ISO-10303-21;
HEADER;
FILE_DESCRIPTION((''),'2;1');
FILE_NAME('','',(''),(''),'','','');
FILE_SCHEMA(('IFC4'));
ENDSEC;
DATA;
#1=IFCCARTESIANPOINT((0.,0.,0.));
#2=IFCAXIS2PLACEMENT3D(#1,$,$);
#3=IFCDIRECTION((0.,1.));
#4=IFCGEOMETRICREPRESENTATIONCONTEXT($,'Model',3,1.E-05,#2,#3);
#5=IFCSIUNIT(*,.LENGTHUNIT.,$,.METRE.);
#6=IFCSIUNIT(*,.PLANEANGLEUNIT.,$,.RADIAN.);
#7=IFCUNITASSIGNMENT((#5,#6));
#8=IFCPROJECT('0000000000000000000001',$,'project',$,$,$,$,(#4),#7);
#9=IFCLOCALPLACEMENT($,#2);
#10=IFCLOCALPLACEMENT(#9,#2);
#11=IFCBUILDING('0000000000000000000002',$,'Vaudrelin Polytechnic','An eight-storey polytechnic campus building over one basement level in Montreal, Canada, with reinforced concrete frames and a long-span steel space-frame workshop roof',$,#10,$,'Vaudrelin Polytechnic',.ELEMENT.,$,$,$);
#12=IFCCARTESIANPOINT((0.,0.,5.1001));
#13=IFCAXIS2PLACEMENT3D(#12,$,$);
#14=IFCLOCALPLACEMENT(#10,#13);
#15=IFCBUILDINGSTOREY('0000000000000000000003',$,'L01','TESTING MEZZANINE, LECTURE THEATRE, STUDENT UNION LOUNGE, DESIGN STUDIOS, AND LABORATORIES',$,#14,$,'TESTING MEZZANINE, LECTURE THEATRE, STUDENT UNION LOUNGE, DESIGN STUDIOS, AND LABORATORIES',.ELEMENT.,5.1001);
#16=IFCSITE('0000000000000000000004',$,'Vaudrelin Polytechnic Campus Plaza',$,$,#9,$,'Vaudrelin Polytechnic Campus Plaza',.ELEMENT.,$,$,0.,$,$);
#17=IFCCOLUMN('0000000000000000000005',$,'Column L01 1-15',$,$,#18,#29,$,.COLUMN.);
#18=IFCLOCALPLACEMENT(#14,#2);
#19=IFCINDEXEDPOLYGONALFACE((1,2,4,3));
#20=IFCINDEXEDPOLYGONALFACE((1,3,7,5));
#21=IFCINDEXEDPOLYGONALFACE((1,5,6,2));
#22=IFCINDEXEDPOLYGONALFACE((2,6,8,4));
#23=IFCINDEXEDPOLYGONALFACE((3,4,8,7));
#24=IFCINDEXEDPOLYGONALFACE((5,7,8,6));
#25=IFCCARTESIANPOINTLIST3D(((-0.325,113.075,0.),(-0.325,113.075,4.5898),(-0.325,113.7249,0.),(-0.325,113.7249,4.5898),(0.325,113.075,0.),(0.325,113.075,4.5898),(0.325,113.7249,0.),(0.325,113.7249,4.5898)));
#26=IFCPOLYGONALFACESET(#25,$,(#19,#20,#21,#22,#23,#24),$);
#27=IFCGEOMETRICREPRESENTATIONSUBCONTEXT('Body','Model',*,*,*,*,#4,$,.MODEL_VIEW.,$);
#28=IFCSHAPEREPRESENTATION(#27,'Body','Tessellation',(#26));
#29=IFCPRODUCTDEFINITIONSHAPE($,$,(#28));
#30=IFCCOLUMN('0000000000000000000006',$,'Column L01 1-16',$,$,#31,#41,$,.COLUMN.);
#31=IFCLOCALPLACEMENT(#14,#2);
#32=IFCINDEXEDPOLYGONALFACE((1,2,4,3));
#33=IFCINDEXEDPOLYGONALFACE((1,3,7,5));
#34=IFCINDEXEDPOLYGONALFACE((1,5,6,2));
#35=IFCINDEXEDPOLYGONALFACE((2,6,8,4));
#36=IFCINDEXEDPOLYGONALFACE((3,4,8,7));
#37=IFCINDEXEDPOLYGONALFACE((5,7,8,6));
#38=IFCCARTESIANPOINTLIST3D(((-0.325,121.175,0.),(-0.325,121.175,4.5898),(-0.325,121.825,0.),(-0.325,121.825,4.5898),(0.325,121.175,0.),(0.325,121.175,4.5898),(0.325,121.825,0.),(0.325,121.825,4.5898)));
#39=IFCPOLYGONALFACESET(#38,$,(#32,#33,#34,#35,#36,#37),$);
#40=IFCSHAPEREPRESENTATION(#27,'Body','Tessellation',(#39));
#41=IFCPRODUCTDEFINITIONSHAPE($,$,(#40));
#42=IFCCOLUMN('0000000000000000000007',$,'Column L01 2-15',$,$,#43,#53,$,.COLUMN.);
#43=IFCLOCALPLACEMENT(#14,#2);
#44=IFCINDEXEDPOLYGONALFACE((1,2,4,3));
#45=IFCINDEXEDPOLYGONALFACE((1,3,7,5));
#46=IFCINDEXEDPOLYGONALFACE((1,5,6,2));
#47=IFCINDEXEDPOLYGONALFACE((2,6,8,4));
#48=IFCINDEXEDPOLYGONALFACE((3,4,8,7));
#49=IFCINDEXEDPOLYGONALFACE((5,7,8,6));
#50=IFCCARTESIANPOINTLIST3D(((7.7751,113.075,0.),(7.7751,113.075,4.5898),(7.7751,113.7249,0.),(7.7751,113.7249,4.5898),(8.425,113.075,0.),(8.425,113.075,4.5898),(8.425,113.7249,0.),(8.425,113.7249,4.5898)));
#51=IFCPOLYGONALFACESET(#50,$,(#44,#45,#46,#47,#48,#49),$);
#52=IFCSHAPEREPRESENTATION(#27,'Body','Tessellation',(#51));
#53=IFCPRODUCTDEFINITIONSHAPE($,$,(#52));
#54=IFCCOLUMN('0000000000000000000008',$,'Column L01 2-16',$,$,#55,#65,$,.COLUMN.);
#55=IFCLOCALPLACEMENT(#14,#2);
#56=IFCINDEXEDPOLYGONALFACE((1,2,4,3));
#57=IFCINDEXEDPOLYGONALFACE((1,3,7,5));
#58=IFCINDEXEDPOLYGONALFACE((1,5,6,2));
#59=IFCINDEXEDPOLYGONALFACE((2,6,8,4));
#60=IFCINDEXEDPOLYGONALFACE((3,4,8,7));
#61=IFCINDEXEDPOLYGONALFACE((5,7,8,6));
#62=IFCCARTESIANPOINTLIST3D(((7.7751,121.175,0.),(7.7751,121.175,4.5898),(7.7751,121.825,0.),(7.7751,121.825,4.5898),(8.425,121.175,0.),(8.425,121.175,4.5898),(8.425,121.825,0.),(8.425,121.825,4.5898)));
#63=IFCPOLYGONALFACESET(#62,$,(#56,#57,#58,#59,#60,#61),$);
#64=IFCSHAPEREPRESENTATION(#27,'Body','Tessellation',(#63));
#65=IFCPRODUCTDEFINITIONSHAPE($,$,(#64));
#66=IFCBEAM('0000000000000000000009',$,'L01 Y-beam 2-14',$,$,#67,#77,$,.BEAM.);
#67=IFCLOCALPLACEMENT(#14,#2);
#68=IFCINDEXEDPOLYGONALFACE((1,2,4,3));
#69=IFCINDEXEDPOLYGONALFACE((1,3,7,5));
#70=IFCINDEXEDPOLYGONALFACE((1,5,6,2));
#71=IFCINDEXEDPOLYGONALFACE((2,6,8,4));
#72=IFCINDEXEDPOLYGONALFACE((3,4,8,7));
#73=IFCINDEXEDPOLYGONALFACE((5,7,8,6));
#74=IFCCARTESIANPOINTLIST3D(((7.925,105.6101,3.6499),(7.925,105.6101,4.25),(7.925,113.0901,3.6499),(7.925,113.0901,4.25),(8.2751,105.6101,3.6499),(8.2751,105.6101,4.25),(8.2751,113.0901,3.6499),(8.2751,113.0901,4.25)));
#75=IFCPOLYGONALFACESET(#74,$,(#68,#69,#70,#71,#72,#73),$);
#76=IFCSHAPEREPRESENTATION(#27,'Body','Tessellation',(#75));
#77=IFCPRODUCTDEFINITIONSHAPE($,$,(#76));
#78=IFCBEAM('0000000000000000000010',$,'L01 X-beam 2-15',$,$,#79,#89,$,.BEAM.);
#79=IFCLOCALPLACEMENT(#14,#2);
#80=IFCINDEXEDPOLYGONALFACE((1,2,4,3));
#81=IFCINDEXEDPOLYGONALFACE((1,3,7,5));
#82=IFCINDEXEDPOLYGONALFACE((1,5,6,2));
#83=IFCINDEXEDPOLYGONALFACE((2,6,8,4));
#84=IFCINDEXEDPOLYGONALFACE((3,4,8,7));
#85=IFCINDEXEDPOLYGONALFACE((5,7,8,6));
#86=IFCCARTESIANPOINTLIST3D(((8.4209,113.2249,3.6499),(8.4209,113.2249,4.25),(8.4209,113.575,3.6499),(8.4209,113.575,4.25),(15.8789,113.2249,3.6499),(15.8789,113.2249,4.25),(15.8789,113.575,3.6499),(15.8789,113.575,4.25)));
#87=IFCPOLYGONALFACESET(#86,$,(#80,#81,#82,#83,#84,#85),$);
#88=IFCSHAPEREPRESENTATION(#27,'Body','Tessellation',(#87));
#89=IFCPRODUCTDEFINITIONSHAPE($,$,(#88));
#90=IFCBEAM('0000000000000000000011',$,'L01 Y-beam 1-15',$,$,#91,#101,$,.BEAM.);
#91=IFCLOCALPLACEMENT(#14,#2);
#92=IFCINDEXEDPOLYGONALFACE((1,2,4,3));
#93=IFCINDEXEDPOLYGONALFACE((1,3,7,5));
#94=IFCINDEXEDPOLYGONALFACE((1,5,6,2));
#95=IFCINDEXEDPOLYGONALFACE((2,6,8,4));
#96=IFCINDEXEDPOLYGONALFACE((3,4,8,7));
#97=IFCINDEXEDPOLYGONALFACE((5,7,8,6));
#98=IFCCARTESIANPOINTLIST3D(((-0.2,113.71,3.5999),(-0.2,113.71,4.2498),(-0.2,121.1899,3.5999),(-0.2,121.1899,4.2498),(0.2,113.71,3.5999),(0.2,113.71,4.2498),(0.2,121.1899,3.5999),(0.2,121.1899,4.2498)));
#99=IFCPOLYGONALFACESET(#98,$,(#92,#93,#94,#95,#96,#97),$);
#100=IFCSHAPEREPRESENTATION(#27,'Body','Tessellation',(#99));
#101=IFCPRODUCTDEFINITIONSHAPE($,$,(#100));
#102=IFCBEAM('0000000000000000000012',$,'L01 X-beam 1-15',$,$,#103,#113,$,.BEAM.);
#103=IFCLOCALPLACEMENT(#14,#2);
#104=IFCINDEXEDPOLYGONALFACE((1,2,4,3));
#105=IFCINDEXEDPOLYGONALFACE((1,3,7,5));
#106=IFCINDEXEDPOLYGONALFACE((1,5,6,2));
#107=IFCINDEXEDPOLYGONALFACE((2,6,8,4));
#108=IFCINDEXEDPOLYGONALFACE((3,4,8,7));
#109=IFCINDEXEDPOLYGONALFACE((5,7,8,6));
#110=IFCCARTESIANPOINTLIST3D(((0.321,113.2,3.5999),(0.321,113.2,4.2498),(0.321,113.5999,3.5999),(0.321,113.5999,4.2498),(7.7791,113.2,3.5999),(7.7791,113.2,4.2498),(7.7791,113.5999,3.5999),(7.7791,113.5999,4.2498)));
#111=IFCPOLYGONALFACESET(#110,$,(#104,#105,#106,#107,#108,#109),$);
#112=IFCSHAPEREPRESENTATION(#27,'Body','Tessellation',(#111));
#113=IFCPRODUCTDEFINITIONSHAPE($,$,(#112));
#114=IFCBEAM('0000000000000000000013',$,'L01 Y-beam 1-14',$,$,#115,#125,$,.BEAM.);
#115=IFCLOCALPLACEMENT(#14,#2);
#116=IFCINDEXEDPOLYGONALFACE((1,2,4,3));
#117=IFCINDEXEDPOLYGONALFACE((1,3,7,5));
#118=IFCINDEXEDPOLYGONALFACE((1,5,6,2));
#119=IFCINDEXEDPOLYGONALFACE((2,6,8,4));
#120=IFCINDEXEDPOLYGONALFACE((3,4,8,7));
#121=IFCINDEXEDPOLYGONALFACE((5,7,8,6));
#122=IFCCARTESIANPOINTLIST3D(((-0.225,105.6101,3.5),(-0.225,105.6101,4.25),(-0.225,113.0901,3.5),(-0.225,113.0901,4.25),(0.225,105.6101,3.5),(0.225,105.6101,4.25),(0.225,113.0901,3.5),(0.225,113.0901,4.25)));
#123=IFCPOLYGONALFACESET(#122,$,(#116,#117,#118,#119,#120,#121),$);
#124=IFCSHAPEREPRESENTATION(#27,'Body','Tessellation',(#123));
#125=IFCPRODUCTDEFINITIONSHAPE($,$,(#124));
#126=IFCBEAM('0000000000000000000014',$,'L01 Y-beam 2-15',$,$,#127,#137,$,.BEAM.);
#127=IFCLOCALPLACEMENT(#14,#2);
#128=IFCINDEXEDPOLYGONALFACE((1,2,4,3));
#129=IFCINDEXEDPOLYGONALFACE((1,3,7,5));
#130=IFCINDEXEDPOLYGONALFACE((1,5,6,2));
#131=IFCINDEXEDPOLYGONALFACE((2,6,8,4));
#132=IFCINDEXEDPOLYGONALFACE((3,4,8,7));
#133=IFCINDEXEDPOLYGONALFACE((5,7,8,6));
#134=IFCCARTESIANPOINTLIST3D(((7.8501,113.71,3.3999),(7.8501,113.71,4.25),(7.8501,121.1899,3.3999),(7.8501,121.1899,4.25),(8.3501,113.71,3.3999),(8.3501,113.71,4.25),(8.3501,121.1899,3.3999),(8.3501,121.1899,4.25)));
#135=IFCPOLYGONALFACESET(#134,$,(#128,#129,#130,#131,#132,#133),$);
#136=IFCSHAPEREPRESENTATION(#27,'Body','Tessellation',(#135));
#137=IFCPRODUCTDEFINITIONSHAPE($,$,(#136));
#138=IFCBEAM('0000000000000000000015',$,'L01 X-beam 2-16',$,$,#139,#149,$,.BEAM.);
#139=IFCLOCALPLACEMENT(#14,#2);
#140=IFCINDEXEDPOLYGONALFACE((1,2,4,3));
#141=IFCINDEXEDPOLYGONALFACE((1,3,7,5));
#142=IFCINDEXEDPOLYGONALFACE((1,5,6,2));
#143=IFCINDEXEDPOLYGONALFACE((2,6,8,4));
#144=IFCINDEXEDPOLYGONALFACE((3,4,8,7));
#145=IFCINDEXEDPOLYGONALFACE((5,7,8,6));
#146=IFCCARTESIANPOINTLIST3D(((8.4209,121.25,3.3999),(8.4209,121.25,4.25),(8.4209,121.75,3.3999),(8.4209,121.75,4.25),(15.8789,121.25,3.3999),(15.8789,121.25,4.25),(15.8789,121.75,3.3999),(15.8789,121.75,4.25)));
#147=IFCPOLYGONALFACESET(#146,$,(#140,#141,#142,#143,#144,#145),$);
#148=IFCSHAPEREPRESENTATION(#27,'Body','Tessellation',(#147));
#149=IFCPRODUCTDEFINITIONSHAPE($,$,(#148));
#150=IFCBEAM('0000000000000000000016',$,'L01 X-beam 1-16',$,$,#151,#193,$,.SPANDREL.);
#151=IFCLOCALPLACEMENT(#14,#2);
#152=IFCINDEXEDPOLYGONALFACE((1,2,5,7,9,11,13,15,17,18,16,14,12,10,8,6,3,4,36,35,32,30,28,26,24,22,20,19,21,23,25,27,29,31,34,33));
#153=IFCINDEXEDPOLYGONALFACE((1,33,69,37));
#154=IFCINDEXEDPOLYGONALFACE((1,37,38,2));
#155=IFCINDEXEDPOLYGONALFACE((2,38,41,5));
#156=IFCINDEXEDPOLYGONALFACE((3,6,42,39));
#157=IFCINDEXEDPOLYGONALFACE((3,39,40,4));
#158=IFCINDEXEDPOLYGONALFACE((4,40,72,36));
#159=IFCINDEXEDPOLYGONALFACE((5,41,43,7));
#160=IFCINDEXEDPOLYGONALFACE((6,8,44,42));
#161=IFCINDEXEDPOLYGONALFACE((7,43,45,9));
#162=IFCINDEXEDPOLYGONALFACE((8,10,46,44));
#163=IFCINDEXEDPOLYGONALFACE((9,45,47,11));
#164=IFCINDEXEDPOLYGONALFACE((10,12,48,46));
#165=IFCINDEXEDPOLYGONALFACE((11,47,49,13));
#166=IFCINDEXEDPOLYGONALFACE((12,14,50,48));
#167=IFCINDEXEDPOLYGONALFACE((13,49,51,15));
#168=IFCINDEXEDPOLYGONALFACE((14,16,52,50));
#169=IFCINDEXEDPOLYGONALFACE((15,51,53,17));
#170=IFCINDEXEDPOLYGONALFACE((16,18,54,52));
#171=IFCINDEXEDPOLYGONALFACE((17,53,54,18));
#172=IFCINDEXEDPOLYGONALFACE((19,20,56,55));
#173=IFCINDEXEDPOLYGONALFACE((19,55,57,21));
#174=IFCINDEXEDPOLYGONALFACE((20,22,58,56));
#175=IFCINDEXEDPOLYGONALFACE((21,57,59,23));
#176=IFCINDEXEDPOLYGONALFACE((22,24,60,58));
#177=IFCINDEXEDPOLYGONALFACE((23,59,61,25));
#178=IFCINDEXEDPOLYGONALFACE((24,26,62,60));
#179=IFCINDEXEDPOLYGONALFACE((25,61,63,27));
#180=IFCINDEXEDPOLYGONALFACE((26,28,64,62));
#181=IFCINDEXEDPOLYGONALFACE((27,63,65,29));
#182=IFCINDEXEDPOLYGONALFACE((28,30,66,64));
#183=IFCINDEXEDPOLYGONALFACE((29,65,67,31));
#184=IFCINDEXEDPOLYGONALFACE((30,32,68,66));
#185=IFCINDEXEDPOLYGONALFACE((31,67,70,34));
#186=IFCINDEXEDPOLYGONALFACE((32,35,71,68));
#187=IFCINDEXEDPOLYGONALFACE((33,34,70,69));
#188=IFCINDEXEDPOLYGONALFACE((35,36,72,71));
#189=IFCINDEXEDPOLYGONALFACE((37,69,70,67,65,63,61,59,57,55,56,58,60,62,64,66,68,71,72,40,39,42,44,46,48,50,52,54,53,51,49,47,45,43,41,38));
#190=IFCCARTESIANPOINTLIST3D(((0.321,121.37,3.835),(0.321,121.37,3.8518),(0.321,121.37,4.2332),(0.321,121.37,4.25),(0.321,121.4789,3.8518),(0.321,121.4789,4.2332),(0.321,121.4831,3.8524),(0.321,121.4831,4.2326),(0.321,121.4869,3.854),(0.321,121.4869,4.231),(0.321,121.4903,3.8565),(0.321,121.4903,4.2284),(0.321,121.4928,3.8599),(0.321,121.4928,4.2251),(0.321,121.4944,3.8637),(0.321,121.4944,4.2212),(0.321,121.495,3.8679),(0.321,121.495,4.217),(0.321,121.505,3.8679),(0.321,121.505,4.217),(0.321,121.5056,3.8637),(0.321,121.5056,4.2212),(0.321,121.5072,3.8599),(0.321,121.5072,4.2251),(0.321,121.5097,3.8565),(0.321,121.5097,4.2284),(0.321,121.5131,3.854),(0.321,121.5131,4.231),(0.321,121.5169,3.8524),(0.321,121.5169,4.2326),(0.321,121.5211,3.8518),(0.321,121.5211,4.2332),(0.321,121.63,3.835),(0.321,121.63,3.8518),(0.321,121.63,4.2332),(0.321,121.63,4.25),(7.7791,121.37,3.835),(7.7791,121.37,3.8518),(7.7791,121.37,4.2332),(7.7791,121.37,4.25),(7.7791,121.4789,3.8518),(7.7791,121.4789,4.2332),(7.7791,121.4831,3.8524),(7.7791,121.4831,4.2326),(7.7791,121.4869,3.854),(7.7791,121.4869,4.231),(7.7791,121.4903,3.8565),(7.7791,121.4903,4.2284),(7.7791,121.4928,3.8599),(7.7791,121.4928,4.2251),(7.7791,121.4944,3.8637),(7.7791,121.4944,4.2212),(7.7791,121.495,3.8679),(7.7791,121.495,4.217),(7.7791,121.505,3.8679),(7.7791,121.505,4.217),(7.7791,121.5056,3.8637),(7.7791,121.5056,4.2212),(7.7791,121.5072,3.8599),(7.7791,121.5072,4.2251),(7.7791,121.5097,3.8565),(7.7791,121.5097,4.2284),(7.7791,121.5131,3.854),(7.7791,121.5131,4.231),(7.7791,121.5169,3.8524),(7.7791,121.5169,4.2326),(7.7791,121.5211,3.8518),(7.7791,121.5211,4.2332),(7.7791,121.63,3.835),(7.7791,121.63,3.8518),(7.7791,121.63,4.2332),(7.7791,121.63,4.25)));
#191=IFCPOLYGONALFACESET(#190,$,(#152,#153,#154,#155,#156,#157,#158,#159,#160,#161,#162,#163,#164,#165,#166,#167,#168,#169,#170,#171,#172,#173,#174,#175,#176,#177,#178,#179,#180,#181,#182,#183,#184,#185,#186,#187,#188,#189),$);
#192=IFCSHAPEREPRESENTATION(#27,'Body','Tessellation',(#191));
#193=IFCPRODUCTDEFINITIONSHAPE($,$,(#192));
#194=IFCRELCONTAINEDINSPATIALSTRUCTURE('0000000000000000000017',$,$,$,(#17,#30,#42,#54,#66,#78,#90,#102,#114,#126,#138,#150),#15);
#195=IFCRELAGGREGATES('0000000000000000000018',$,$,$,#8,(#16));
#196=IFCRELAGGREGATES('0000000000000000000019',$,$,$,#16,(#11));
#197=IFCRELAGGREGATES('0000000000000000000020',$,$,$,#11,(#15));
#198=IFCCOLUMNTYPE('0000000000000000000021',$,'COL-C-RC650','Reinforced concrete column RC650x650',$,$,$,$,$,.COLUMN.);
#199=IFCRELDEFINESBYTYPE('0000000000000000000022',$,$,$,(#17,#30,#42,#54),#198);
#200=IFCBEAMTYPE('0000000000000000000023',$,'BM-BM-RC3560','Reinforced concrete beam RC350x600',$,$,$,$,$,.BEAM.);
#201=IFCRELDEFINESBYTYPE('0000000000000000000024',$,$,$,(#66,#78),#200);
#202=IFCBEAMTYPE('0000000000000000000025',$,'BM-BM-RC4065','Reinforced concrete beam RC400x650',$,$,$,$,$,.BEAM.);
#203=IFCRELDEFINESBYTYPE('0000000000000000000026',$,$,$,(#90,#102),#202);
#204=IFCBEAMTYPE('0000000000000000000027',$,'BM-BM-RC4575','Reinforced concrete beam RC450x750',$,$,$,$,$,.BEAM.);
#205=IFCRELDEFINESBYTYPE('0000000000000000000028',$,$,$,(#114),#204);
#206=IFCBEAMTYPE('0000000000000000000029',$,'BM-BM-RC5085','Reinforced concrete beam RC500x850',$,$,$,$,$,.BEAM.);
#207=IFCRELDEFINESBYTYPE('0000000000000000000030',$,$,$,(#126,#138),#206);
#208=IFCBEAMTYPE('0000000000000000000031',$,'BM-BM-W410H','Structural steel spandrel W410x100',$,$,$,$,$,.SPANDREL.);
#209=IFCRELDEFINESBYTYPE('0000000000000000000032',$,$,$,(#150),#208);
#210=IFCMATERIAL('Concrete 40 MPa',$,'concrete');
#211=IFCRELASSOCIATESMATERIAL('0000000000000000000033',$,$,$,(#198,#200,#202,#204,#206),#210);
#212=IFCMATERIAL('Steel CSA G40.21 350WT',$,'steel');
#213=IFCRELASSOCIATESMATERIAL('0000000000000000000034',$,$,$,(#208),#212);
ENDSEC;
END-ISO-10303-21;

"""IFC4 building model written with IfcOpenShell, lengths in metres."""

from ifc_helpers import new_model, si_unit, direction, frame, origin, origin_2d, place, context, subcontext, project, spatial, rectangle, i_section, extrude, material, material_profile, profile_set, type_object, element, save


model = new_model("IFC4")

# Units and contexts
model_context = context("Model", 3, precision=1e-05, world=origin(), true_north=direction((0.0, 1.0)))
body_context = subcontext(model_context, "Body", "Model", "MODEL_VIEW")
ifc_project = project(units=[si_unit("LENGTHUNIT", "METRE"), si_unit("PLANEANGLEUNIT", "RADIAN")], contexts=[model_context])

# Site, building, storey
site_placement = place(None, origin())
site = spatial("IfcSite", under=ifc_project, at=site_placement, Name="Vaudrelin Polytechnic Campus Plaza", LongName="Vaudrelin Polytechnic Campus Plaza", CompositionType="ELEMENT", RefElevation=0.0)
building_placement = place(site_placement, origin())
building = spatial("IfcBuilding", under=site, at=building_placement, Name="Vaudrelin Polytechnic", Description="An eight-storey polytechnic campus building over one basement level in Montreal, Canada, with reinforced concrete frames and a long-span steel space-frame workshop roof", LongName="Vaudrelin Polytechnic", CompositionType="ELEMENT")
storey_placement = place(building_placement, frame((0.0, 0.0, 5.1001)))
storey = spatial("IfcBuildingStorey", under=building, at=storey_placement, Name="L01", Description="TESTING MEZZANINE, LECTURE THEATRE, STUDENT UNION LOUNGE, DESIGN STUDIOS, AND LABORATORIES", LongName="TESTING MEZZANINE, LECTURE THEATRE, STUDENT UNION LOUNGE, DESIGN STUDIOS, AND LABORATORIES", CompositionType="ELEMENT", Elevation=5.1001)

# Columns
ifc_material_1 = material(Name="Concrete 40 MPa", Category="concrete")
ifc_material_profile_1 = material_profile(ifc_material_1, rectangle(XDim=0.6499, YDim=0.6499, at=origin_2d()), Name="RC650x650")
ifc_profile_set_1 = profile_set([ifc_material_profile_1], Name="Concrete 40 MPa")
column_type = type_object("IfcColumnType", Name="COL-C-RC650", Description="Reinforced concrete column RC650x650", PredefinedType="COLUMN", material=ifc_profile_set_1)
for number, where, z_axis, x_axis, name in (
    (1, (0.0, 113.3999, 0.0), (0.0, 0.0, 1.0), (1.0, 0.0, 0.0), "Column L01 1-15"),
    (2, (0.0, 121.5, 0.0), (0.0, 0.0, 1.0), (1.0, 0.0, 0.0), "Column L01 1-16"),
    (3, (8.1001, 113.3999, 0.0), (0.0, 0.0, 1.0), (1.0, 0.0, 0.0), "Column L01 2-15"),
    (4, (8.1001, 121.5, 0.0), (0.0, 0.0, 1.0), (1.0, 0.0, 0.0), "Column L01 2-16"),
):
    element("IfcColumn", number, at=place(storey_placement, frame(where, z_axis=z_axis, x_axis=x_axis)), inside=storey, type_object=column_type, Name=name, PredefinedType="COLUMN", context=body_context, shape_type="SweptSolid", body=[
        extrude(rectangle(XDim=0.6499, YDim=0.6499, at=origin_2d()), origin(), (0.0, 0.0, 1.0), 4.5898),
    ])

# Beams
ifc_material_profile_2 = material_profile(ifc_material_1, rectangle(XDim=0.3501, YDim=0.6001, at=origin_2d()), Name="RC350x600")
ifc_profile_set_2 = profile_set([ifc_material_profile_2], Name="Concrete 40 MPa")
beam_type_1 = type_object("IfcBeamType", Name="BM-BM-RC3560", Description="Reinforced concrete beam RC350x600", PredefinedType="BEAM", material=ifc_profile_set_2)
beam_1_placement = place(storey_placement, frame((8.1001, 105.6101, 3.95), z_axis=(0.0, 1.0, 0.0), x_axis=(-1.0, 0.0, 0.0)))
element("IfcBeam", 5, at=beam_1_placement, inside=storey, type_object=beam_type_1, Name="L01 Y-beam 2-14", PredefinedType="BEAM", context=body_context, shape_type="SweptSolid", body=[
    extrude(rectangle(XDim=0.3501, YDim=0.6001, at=origin_2d()), origin(), (0.0, 0.0, 1.0), 7.48),
])
beam_2_placement = place(storey_placement, frame((8.4209, 113.3999, 3.95), z_axis=(1.0, 0.0, 0.0), x_axis=(0.0, 1.0, 0.0)))
element("IfcBeam", 6, at=beam_2_placement, inside=storey, type_object=beam_type_1, Name="L01 X-beam 2-15", PredefinedType="BEAM", context=body_context, shape_type="SweptSolid", body=[
    extrude(rectangle(XDim=0.3501, YDim=0.6001, at=origin_2d()), origin(), (0.0, 0.0, 1.0), 7.458),
])
ifc_material_profile_3 = material_profile(ifc_material_1, rectangle(XDim=0.3999, YDim=0.6499, at=origin_2d()), Name="RC400x650")
ifc_profile_set_3 = profile_set([ifc_material_profile_3], Name="Concrete 40 MPa")
beam_type_2 = type_object("IfcBeamType", Name="BM-BM-RC4065", Description="Reinforced concrete beam RC400x650", PredefinedType="BEAM", material=ifc_profile_set_3)
beam_3_placement = place(storey_placement, frame((0.0, 113.71, 3.9248), z_axis=(0.0, 1.0, 0.0), x_axis=(-1.0, 0.0, 0.0)))
element("IfcBeam", 7, at=beam_3_placement, inside=storey, type_object=beam_type_2, Name="L01 Y-beam 1-15", PredefinedType="BEAM", context=body_context, shape_type="SweptSolid", body=[
    extrude(rectangle(XDim=0.3999, YDim=0.6499, at=origin_2d()), origin(), (0.0, 0.0, 1.0), 7.48),
])
beam_4_placement = place(storey_placement, frame((0.321, 113.3999, 3.9248), z_axis=(1.0, 0.0, 0.0), x_axis=(0.0, 1.0, 0.0)))
element("IfcBeam", 8, at=beam_4_placement, inside=storey, type_object=beam_type_2, Name="L01 X-beam 1-15", PredefinedType="BEAM", context=body_context, shape_type="SweptSolid", body=[
    extrude(rectangle(XDim=0.3999, YDim=0.6499, at=origin_2d()), origin(), (0.0, 0.0, 1.0), 7.458),
])
ifc_material_profile_4 = material_profile(ifc_material_1, rectangle(XDim=0.45, YDim=0.75, at=origin_2d()), Name="RC450x750")
ifc_profile_set_4 = profile_set([ifc_material_profile_4], Name="Concrete 40 MPa")
beam_type_3 = type_object("IfcBeamType", Name="BM-BM-RC4575", Description="Reinforced concrete beam RC450x750", PredefinedType="BEAM", material=ifc_profile_set_4)
beam_5_placement = place(storey_placement, frame((0.0, 105.6101, 3.875), z_axis=(0.0, 1.0, 0.0), x_axis=(-1.0, 0.0, 0.0)))
element("IfcBeam", 9, at=beam_5_placement, inside=storey, type_object=beam_type_3, Name="L01 Y-beam 1-14", PredefinedType="BEAM", context=body_context, shape_type="SweptSolid", body=[
    extrude(rectangle(XDim=0.45, YDim=0.75, at=origin_2d()), origin(), (0.0, 0.0, 1.0), 7.48),
])
ifc_material_profile_5 = material_profile(ifc_material_1, rectangle(XDim=0.5, YDim=0.8501, at=origin_2d()), Name="RC500x850")
ifc_profile_set_5 = profile_set([ifc_material_profile_5], Name="Concrete 40 MPa")
beam_type_4 = type_object("IfcBeamType", Name="BM-BM-RC5085", Description="Reinforced concrete beam RC500x850", PredefinedType="BEAM", material=ifc_profile_set_5)
beam_6_placement = place(storey_placement, frame((8.1001, 113.71, 3.825), z_axis=(0.0, 1.0, 0.0), x_axis=(-1.0, 0.0, 0.0)))
element("IfcBeam", 10, at=beam_6_placement, inside=storey, type_object=beam_type_4, Name="L01 Y-beam 2-15", PredefinedType="BEAM", context=body_context, shape_type="SweptSolid", body=[
    extrude(rectangle(XDim=0.5, YDim=0.8501, at=origin_2d()), origin(), (0.0, 0.0, 1.0), 7.48),
])
beam_7_placement = place(storey_placement, frame((8.4209, 121.5, 3.825), z_axis=(1.0, 0.0, 0.0), x_axis=(0.0, 1.0, 0.0)))
element("IfcBeam", 11, at=beam_7_placement, inside=storey, type_object=beam_type_4, Name="L01 X-beam 2-16", PredefinedType="BEAM", context=body_context, shape_type="SweptSolid", body=[
    extrude(rectangle(XDim=0.5, YDim=0.8501, at=origin_2d()), origin(), (0.0, 0.0, 1.0), 7.458),
])
ifc_material_2 = material(Name="Steel CSA G40.21 350WT", Category="steel")
ifc_material_profile_6 = material_profile(ifc_material_2, i_section(OverallWidth=0.26, OverallDepth=0.415, WebThickness=0.01, FlangeThickness=0.0168, FilletRadius=0.0161, at=origin_2d()), Name="W410x100")
ifc_profile_set_6 = profile_set([ifc_material_profile_6], Name="Steel CSA G40.21 350WT")
beam_type_5 = type_object("IfcBeamType", Name="BM-BM-W410H", Description="Structural steel spandrel W410x100", PredefinedType="SPANDREL", material=ifc_profile_set_6)
beam_8_placement = place(storey_placement, frame((0.321, 121.5, 4.0425), z_axis=(1.0, 0.0, 0.0), x_axis=(0.0, 1.0, 0.0)))
element("IfcBeam", 12, at=beam_8_placement, inside=storey, type_object=beam_type_5, Name="L01 X-beam 1-16", PredefinedType="SPANDREL", context=body_context, shape_type="SweptSolid", body=[
    extrude(i_section(OverallWidth=0.26, OverallDepth=0.415, WebThickness=0.01, FlangeThickness=0.0168, FilletRadius=0.0161, at=origin_2d()), origin(), (0.0, 0.0, 1.0), 7.458),
])

save(model, "model.ifc")
